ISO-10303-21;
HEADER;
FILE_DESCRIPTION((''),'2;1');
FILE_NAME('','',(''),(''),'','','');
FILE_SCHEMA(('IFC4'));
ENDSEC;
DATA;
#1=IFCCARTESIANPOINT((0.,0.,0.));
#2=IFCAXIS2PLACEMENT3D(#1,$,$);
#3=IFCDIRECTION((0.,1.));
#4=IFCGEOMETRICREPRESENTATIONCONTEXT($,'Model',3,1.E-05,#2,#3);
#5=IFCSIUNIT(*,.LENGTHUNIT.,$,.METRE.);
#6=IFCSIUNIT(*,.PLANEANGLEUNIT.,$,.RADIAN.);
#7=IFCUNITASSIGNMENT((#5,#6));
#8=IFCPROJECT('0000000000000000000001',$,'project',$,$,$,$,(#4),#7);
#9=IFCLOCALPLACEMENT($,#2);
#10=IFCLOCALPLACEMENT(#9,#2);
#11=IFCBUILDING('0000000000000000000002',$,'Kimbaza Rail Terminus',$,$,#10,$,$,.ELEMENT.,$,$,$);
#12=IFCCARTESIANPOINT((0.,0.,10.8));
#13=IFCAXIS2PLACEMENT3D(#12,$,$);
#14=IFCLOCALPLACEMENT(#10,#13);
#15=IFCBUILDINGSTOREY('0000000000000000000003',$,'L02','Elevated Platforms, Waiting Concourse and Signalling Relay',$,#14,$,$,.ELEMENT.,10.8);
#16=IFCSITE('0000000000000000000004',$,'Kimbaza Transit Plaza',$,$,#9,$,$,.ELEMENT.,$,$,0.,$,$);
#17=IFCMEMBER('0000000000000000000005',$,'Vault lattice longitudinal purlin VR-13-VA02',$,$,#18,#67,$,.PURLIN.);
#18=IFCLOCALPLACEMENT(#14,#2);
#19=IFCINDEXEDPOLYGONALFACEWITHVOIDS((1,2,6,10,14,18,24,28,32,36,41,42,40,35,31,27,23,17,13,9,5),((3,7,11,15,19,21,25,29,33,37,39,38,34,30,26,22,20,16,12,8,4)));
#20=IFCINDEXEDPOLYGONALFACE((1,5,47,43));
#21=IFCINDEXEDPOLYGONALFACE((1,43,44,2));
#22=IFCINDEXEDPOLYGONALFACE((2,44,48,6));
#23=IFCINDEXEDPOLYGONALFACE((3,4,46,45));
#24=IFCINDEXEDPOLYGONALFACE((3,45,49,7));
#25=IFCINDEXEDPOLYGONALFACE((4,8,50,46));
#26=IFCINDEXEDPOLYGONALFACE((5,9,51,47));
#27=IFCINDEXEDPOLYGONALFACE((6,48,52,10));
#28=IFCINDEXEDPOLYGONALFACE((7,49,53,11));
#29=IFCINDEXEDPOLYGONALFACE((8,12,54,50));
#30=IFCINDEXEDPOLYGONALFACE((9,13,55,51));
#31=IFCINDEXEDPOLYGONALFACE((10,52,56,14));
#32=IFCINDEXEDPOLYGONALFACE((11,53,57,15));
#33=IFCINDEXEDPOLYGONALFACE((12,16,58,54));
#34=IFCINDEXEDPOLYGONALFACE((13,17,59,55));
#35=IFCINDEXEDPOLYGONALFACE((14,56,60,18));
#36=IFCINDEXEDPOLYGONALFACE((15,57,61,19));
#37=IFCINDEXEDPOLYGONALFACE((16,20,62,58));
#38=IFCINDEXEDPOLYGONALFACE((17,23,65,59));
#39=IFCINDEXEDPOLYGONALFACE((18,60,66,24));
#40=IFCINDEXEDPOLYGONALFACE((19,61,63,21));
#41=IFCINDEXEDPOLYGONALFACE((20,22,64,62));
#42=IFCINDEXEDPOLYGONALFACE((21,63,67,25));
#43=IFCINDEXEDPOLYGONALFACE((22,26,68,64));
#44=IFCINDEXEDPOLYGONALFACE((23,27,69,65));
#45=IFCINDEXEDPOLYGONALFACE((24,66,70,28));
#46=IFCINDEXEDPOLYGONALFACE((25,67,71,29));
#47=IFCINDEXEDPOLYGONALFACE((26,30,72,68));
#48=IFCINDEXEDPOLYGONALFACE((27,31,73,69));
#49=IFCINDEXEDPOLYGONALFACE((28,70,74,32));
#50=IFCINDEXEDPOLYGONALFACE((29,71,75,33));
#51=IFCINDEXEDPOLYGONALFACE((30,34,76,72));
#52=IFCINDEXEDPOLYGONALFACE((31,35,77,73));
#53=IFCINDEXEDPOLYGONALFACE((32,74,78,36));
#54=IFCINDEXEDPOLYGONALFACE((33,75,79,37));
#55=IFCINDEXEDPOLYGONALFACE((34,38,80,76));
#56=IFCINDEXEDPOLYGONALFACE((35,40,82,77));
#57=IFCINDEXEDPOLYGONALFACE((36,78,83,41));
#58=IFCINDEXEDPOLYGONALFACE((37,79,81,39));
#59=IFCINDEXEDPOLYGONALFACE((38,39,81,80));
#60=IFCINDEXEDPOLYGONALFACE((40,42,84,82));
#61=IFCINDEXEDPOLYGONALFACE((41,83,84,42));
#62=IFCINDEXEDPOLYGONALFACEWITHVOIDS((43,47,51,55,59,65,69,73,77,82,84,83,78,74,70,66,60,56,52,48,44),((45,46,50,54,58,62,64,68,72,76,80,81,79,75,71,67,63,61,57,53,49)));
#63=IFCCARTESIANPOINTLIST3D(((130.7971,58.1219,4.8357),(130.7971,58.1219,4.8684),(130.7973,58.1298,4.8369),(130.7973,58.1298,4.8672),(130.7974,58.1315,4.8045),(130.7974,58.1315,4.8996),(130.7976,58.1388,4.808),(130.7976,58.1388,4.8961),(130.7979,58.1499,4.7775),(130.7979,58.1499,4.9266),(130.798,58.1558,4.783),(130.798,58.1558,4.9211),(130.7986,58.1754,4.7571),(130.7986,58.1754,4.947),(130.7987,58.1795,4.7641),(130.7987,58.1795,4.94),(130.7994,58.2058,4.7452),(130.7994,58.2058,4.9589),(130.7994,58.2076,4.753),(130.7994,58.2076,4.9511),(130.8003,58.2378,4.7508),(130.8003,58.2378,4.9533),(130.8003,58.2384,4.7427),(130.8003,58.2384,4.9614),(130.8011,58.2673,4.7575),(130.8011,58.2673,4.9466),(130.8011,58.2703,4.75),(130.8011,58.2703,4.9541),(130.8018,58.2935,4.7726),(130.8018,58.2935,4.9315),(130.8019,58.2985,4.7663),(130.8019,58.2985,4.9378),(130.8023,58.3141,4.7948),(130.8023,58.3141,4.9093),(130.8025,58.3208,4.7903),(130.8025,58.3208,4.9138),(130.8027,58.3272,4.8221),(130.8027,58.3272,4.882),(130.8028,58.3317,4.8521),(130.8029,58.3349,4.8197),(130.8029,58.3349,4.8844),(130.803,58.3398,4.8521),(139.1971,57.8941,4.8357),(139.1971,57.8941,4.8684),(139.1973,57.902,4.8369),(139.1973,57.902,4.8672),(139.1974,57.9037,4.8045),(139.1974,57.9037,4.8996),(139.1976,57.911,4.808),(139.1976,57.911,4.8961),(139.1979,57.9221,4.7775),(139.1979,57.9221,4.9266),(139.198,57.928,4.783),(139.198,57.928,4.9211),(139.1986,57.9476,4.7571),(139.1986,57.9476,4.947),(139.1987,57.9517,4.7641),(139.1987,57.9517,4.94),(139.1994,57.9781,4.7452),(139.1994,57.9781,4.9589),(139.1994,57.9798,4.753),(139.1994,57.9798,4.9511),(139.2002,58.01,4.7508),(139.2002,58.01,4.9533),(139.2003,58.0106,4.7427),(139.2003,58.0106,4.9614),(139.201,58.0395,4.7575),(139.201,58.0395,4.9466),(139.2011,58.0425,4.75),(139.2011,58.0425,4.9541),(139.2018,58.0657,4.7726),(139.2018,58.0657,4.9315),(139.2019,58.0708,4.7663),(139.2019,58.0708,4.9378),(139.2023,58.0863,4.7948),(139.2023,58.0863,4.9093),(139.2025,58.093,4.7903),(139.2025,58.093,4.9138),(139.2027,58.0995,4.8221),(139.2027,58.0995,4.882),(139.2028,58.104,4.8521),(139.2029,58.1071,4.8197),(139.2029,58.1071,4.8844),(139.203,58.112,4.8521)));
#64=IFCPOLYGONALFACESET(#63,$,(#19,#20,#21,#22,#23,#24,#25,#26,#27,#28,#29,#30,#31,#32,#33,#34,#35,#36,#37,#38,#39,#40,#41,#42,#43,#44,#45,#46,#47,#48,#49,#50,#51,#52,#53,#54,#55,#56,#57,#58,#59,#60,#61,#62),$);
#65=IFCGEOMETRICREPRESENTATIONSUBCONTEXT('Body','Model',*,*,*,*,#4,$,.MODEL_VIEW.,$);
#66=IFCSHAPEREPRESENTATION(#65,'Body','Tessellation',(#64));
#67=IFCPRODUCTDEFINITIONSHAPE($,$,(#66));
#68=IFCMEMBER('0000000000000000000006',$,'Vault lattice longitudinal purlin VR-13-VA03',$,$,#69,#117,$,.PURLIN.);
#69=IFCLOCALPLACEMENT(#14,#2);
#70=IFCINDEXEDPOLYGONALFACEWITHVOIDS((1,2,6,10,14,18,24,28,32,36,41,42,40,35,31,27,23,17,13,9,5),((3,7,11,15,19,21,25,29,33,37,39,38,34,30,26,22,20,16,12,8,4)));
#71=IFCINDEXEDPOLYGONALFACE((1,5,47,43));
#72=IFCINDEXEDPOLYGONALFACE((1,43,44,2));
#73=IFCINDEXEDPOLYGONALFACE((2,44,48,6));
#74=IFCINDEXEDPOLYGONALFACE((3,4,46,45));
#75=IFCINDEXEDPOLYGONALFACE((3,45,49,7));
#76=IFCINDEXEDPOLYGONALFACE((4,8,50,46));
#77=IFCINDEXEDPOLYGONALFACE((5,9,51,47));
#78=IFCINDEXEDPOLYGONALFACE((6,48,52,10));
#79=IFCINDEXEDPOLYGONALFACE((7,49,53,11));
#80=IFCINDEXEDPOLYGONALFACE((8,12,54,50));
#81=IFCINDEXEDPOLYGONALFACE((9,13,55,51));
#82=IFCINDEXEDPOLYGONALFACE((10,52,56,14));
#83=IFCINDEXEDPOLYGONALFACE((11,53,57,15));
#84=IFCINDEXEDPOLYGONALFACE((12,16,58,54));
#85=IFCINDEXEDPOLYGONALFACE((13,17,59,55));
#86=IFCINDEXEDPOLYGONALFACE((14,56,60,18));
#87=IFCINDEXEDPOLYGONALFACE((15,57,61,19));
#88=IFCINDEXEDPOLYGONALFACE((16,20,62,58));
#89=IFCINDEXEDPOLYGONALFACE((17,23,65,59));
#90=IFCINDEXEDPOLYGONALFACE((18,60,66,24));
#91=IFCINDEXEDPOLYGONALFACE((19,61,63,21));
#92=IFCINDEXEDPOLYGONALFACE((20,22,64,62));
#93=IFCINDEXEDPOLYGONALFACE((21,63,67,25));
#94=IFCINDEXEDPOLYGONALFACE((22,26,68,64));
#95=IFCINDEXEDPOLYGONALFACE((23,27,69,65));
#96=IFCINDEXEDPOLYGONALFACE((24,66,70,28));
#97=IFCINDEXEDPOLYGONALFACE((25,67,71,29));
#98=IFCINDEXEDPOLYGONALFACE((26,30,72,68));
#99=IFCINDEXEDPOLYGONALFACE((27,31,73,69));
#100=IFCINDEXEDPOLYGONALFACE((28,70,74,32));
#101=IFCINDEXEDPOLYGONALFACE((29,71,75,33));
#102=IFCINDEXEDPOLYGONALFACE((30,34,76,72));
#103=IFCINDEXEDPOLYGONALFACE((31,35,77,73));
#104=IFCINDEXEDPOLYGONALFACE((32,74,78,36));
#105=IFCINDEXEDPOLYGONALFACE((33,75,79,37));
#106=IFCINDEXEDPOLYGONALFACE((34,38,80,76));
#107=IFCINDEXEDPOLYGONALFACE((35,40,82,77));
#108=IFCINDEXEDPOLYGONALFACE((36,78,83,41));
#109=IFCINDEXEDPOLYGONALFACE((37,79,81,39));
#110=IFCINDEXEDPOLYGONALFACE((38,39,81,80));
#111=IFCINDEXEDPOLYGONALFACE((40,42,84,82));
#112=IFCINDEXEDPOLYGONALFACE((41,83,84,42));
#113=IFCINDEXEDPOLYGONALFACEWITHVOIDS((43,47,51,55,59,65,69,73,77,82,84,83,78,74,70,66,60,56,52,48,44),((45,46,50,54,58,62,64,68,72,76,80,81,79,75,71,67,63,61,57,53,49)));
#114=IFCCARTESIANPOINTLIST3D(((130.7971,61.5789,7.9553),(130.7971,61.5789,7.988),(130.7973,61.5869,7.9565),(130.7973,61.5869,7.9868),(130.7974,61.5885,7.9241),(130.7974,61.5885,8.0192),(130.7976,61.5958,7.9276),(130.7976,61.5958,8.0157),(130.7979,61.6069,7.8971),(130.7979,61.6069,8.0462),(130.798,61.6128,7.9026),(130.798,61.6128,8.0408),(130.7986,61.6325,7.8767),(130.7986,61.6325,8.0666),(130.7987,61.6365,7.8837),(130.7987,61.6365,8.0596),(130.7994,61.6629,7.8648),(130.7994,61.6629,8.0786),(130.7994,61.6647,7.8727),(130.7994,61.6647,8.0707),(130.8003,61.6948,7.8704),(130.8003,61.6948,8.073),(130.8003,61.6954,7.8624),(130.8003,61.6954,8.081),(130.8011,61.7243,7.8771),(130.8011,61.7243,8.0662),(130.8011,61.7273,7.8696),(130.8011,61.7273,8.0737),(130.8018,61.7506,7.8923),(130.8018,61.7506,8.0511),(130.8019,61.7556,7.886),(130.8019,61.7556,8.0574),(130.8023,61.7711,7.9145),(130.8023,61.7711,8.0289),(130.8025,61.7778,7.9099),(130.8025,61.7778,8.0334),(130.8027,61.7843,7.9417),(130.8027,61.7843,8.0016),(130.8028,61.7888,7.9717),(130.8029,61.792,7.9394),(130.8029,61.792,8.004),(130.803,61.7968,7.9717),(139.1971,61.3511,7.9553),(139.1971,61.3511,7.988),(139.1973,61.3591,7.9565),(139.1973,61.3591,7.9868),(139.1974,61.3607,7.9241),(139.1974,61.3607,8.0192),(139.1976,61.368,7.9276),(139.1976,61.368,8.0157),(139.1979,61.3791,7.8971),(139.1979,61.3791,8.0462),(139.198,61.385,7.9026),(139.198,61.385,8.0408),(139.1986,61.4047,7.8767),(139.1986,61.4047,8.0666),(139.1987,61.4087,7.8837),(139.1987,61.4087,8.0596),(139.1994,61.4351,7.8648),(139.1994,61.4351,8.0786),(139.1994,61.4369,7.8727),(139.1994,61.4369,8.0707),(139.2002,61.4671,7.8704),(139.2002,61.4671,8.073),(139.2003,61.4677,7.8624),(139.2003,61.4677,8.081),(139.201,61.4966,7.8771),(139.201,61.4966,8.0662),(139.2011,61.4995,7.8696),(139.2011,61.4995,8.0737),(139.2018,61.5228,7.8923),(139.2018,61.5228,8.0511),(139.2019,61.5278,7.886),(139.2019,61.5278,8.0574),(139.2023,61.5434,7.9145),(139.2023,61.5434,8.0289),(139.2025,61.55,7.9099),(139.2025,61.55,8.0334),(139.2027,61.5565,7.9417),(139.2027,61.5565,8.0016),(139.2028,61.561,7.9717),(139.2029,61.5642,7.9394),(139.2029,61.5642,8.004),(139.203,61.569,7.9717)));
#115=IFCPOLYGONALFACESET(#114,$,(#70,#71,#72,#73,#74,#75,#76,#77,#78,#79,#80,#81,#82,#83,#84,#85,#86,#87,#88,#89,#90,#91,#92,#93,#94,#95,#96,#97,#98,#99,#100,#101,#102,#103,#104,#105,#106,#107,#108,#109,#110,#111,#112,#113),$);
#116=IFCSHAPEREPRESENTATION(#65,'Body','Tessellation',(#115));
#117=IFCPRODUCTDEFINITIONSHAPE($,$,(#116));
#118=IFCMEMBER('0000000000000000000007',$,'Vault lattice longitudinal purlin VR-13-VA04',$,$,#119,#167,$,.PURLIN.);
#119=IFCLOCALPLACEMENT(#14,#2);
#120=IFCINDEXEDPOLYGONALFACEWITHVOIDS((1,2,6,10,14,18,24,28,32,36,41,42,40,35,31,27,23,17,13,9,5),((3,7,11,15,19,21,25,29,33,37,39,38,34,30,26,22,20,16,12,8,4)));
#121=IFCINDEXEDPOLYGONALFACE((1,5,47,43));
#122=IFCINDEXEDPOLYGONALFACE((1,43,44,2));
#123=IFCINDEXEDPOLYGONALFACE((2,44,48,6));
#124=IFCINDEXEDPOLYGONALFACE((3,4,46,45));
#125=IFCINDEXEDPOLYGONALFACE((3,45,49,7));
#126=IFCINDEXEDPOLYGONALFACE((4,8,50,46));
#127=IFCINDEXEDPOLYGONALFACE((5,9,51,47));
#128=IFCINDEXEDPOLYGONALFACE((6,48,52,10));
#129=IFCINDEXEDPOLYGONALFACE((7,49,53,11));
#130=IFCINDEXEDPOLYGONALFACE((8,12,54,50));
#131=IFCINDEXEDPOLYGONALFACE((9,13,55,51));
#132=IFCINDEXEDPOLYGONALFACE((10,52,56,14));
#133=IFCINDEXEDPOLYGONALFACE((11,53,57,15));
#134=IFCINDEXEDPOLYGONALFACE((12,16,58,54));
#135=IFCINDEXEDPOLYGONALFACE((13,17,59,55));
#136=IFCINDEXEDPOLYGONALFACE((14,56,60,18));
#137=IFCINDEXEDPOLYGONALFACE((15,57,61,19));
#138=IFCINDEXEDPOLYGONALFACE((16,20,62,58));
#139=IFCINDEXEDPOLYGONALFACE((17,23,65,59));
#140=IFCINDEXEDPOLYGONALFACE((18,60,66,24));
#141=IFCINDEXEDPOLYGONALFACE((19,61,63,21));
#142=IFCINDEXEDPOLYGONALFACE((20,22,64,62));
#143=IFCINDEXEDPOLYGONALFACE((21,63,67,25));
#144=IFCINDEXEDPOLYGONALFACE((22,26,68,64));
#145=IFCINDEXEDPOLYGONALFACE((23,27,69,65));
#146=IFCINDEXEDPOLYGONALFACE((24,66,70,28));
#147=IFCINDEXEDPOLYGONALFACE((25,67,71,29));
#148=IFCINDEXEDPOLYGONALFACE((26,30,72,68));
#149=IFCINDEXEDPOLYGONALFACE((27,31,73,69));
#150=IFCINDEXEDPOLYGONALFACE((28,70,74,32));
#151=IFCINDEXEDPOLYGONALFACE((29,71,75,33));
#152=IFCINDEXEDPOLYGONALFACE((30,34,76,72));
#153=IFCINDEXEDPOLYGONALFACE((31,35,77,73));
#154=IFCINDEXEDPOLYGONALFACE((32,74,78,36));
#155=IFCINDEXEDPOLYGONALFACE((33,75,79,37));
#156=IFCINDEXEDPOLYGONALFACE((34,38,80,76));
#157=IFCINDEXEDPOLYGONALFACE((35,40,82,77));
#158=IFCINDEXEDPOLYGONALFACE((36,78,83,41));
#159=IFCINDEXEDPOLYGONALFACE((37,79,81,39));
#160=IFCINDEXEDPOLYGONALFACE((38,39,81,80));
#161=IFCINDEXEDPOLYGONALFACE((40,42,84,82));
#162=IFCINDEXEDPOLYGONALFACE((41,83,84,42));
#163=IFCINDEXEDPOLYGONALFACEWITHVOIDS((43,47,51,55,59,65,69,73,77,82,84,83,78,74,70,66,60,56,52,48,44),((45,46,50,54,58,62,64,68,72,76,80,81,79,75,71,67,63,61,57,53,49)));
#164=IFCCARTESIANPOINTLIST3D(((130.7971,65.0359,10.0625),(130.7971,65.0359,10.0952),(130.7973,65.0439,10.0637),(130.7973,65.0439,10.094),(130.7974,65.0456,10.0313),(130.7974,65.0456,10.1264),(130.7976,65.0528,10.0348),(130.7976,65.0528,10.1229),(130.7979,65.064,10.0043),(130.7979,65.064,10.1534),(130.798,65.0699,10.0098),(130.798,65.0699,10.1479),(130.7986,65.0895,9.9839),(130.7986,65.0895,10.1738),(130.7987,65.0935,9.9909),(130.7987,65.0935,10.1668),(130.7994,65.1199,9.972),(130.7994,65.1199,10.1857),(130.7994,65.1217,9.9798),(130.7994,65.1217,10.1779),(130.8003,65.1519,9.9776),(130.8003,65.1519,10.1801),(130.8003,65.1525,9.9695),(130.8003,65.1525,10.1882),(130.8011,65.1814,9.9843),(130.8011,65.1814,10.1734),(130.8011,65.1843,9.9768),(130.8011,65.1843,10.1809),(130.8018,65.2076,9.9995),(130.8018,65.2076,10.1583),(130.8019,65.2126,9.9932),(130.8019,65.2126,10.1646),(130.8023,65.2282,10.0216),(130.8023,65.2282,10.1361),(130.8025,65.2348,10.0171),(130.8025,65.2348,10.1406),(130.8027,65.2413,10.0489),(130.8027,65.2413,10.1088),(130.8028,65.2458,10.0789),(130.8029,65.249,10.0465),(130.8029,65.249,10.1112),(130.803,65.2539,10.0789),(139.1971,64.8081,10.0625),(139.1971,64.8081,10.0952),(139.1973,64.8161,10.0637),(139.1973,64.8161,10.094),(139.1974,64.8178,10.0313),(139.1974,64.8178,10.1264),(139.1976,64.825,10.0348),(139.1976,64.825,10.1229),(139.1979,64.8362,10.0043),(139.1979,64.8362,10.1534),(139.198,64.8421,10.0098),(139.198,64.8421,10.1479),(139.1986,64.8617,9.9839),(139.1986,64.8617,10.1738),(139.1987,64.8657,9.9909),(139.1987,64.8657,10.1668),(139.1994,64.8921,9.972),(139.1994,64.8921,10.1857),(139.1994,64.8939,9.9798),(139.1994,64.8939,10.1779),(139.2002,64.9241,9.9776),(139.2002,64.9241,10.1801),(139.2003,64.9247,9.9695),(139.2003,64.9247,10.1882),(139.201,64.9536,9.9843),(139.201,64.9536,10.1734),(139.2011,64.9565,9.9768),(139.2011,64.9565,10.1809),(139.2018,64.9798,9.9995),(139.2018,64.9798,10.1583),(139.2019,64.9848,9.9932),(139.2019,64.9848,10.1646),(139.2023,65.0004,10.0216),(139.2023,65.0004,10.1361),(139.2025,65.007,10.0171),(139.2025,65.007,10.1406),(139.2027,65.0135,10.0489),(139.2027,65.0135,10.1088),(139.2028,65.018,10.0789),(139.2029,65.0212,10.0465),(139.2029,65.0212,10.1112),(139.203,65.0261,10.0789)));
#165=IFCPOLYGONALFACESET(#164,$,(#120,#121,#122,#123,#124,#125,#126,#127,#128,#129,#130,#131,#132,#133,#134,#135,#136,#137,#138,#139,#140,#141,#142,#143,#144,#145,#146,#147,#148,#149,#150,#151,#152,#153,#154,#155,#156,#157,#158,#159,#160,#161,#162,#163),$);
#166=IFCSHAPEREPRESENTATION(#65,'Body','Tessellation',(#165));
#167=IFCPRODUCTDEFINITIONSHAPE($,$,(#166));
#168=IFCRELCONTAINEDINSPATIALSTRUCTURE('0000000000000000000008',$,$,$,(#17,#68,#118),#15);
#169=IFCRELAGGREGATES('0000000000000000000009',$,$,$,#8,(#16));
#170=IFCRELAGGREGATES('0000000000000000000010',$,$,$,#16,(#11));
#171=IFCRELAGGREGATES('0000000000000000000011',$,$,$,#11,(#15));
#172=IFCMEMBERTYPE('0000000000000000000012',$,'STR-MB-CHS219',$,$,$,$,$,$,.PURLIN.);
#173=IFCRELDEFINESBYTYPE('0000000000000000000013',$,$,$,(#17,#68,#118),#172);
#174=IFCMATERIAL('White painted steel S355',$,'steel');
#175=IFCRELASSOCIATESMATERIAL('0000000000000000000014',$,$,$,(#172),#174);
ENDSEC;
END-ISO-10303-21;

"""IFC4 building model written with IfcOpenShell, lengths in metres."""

from ifc_helpers import new_model, si_unit, direction, frame, origin, origin_2d, place, context, subcontext, project, spatial, hollow_circle, extrude, material, material_profile, profile_set, type_object, element, save


model = new_model("IFC4")

# Units and contexts
model_context = context("Model", 3, precision=1e-05, world=origin(), true_north=direction((0.0, 1.0)))
body_context = subcontext(model_context, "Body", "Model", "MODEL_VIEW")
ifc_project = project(units=[si_unit("LENGTHUNIT", "METRE"), si_unit("PLANEANGLEUNIT", "RADIAN")], contexts=[model_context])

# Site, building, storey
site_placement = place(None, origin())
site = spatial("IfcSite", under=ifc_project, at=site_placement, Name="Kimbaza Transit Plaza", CompositionType="ELEMENT", RefElevation=0.0)
building_placement = place(site_placement, origin())
building = spatial("IfcBuilding", under=site, at=building_placement, Name="Kimbaza Rail Terminus", CompositionType="ELEMENT")
storey_placement = place(building_placement, frame((0.0, 0.0, 10.8)))
storey = spatial("IfcBuildingStorey", under=building, at=storey_placement, Name="L02", Description="Elevated Platforms, Waiting Concourse and Signalling Relay", CompositionType="ELEMENT", Elevation=10.8)

# Members
ifc_material_1 = material(Name="White painted steel S355", Category="steel")
ifc_material_profile_1 = material_profile(ifc_material_1, hollow_circle(Radius=0.1096, WallThickness=0.0081, at=origin_2d()), Name="CHS 219.1x8")
ifc_profile_set_1 = profile_set([ifc_material_profile_1], Name="White painted steel S355")
member_type_1 = type_object("IfcMemberType", Name="STR-MB-CHS219", PredefinedType="PURLIN", material=ifc_profile_set_1)
for number, where, z_axis, x_axis, name in (
    (1, (130.8, 58.2302, 4.8521), (0.999633, -0.027107, 0.0), (0.027107, 0.999633, 0.0), "Vault lattice longitudinal purlin VR-13-VA02"),
    (2, (130.8, 61.6873, 7.9717), (0.999633, -0.027107, 0.0), (0.027107, 0.999633, 0.0), "Vault lattice longitudinal purlin VR-13-VA03"),
    (3, (130.8, 65.1443, 10.0789), (0.999633, -0.027107, 0.0), (0.027107, 0.999633, 0.0), "Vault lattice longitudinal purlin VR-13-VA04"),
):
    element("IfcMember", number, at=place(storey_placement, frame(where, z_axis=z_axis, x_axis=x_axis)), inside=storey, type_object=member_type_1, Name=name, PredefinedType="PURLIN", context=body_context, shape_type="SweptSolid", body=[
        extrude(hollow_circle(Radius=0.1096, WallThickness=0.0081, at=origin_2d()), origin(), (0.0, 0.0, 1.0), 8.4031),
    ])

save(model, "model.ifc")
